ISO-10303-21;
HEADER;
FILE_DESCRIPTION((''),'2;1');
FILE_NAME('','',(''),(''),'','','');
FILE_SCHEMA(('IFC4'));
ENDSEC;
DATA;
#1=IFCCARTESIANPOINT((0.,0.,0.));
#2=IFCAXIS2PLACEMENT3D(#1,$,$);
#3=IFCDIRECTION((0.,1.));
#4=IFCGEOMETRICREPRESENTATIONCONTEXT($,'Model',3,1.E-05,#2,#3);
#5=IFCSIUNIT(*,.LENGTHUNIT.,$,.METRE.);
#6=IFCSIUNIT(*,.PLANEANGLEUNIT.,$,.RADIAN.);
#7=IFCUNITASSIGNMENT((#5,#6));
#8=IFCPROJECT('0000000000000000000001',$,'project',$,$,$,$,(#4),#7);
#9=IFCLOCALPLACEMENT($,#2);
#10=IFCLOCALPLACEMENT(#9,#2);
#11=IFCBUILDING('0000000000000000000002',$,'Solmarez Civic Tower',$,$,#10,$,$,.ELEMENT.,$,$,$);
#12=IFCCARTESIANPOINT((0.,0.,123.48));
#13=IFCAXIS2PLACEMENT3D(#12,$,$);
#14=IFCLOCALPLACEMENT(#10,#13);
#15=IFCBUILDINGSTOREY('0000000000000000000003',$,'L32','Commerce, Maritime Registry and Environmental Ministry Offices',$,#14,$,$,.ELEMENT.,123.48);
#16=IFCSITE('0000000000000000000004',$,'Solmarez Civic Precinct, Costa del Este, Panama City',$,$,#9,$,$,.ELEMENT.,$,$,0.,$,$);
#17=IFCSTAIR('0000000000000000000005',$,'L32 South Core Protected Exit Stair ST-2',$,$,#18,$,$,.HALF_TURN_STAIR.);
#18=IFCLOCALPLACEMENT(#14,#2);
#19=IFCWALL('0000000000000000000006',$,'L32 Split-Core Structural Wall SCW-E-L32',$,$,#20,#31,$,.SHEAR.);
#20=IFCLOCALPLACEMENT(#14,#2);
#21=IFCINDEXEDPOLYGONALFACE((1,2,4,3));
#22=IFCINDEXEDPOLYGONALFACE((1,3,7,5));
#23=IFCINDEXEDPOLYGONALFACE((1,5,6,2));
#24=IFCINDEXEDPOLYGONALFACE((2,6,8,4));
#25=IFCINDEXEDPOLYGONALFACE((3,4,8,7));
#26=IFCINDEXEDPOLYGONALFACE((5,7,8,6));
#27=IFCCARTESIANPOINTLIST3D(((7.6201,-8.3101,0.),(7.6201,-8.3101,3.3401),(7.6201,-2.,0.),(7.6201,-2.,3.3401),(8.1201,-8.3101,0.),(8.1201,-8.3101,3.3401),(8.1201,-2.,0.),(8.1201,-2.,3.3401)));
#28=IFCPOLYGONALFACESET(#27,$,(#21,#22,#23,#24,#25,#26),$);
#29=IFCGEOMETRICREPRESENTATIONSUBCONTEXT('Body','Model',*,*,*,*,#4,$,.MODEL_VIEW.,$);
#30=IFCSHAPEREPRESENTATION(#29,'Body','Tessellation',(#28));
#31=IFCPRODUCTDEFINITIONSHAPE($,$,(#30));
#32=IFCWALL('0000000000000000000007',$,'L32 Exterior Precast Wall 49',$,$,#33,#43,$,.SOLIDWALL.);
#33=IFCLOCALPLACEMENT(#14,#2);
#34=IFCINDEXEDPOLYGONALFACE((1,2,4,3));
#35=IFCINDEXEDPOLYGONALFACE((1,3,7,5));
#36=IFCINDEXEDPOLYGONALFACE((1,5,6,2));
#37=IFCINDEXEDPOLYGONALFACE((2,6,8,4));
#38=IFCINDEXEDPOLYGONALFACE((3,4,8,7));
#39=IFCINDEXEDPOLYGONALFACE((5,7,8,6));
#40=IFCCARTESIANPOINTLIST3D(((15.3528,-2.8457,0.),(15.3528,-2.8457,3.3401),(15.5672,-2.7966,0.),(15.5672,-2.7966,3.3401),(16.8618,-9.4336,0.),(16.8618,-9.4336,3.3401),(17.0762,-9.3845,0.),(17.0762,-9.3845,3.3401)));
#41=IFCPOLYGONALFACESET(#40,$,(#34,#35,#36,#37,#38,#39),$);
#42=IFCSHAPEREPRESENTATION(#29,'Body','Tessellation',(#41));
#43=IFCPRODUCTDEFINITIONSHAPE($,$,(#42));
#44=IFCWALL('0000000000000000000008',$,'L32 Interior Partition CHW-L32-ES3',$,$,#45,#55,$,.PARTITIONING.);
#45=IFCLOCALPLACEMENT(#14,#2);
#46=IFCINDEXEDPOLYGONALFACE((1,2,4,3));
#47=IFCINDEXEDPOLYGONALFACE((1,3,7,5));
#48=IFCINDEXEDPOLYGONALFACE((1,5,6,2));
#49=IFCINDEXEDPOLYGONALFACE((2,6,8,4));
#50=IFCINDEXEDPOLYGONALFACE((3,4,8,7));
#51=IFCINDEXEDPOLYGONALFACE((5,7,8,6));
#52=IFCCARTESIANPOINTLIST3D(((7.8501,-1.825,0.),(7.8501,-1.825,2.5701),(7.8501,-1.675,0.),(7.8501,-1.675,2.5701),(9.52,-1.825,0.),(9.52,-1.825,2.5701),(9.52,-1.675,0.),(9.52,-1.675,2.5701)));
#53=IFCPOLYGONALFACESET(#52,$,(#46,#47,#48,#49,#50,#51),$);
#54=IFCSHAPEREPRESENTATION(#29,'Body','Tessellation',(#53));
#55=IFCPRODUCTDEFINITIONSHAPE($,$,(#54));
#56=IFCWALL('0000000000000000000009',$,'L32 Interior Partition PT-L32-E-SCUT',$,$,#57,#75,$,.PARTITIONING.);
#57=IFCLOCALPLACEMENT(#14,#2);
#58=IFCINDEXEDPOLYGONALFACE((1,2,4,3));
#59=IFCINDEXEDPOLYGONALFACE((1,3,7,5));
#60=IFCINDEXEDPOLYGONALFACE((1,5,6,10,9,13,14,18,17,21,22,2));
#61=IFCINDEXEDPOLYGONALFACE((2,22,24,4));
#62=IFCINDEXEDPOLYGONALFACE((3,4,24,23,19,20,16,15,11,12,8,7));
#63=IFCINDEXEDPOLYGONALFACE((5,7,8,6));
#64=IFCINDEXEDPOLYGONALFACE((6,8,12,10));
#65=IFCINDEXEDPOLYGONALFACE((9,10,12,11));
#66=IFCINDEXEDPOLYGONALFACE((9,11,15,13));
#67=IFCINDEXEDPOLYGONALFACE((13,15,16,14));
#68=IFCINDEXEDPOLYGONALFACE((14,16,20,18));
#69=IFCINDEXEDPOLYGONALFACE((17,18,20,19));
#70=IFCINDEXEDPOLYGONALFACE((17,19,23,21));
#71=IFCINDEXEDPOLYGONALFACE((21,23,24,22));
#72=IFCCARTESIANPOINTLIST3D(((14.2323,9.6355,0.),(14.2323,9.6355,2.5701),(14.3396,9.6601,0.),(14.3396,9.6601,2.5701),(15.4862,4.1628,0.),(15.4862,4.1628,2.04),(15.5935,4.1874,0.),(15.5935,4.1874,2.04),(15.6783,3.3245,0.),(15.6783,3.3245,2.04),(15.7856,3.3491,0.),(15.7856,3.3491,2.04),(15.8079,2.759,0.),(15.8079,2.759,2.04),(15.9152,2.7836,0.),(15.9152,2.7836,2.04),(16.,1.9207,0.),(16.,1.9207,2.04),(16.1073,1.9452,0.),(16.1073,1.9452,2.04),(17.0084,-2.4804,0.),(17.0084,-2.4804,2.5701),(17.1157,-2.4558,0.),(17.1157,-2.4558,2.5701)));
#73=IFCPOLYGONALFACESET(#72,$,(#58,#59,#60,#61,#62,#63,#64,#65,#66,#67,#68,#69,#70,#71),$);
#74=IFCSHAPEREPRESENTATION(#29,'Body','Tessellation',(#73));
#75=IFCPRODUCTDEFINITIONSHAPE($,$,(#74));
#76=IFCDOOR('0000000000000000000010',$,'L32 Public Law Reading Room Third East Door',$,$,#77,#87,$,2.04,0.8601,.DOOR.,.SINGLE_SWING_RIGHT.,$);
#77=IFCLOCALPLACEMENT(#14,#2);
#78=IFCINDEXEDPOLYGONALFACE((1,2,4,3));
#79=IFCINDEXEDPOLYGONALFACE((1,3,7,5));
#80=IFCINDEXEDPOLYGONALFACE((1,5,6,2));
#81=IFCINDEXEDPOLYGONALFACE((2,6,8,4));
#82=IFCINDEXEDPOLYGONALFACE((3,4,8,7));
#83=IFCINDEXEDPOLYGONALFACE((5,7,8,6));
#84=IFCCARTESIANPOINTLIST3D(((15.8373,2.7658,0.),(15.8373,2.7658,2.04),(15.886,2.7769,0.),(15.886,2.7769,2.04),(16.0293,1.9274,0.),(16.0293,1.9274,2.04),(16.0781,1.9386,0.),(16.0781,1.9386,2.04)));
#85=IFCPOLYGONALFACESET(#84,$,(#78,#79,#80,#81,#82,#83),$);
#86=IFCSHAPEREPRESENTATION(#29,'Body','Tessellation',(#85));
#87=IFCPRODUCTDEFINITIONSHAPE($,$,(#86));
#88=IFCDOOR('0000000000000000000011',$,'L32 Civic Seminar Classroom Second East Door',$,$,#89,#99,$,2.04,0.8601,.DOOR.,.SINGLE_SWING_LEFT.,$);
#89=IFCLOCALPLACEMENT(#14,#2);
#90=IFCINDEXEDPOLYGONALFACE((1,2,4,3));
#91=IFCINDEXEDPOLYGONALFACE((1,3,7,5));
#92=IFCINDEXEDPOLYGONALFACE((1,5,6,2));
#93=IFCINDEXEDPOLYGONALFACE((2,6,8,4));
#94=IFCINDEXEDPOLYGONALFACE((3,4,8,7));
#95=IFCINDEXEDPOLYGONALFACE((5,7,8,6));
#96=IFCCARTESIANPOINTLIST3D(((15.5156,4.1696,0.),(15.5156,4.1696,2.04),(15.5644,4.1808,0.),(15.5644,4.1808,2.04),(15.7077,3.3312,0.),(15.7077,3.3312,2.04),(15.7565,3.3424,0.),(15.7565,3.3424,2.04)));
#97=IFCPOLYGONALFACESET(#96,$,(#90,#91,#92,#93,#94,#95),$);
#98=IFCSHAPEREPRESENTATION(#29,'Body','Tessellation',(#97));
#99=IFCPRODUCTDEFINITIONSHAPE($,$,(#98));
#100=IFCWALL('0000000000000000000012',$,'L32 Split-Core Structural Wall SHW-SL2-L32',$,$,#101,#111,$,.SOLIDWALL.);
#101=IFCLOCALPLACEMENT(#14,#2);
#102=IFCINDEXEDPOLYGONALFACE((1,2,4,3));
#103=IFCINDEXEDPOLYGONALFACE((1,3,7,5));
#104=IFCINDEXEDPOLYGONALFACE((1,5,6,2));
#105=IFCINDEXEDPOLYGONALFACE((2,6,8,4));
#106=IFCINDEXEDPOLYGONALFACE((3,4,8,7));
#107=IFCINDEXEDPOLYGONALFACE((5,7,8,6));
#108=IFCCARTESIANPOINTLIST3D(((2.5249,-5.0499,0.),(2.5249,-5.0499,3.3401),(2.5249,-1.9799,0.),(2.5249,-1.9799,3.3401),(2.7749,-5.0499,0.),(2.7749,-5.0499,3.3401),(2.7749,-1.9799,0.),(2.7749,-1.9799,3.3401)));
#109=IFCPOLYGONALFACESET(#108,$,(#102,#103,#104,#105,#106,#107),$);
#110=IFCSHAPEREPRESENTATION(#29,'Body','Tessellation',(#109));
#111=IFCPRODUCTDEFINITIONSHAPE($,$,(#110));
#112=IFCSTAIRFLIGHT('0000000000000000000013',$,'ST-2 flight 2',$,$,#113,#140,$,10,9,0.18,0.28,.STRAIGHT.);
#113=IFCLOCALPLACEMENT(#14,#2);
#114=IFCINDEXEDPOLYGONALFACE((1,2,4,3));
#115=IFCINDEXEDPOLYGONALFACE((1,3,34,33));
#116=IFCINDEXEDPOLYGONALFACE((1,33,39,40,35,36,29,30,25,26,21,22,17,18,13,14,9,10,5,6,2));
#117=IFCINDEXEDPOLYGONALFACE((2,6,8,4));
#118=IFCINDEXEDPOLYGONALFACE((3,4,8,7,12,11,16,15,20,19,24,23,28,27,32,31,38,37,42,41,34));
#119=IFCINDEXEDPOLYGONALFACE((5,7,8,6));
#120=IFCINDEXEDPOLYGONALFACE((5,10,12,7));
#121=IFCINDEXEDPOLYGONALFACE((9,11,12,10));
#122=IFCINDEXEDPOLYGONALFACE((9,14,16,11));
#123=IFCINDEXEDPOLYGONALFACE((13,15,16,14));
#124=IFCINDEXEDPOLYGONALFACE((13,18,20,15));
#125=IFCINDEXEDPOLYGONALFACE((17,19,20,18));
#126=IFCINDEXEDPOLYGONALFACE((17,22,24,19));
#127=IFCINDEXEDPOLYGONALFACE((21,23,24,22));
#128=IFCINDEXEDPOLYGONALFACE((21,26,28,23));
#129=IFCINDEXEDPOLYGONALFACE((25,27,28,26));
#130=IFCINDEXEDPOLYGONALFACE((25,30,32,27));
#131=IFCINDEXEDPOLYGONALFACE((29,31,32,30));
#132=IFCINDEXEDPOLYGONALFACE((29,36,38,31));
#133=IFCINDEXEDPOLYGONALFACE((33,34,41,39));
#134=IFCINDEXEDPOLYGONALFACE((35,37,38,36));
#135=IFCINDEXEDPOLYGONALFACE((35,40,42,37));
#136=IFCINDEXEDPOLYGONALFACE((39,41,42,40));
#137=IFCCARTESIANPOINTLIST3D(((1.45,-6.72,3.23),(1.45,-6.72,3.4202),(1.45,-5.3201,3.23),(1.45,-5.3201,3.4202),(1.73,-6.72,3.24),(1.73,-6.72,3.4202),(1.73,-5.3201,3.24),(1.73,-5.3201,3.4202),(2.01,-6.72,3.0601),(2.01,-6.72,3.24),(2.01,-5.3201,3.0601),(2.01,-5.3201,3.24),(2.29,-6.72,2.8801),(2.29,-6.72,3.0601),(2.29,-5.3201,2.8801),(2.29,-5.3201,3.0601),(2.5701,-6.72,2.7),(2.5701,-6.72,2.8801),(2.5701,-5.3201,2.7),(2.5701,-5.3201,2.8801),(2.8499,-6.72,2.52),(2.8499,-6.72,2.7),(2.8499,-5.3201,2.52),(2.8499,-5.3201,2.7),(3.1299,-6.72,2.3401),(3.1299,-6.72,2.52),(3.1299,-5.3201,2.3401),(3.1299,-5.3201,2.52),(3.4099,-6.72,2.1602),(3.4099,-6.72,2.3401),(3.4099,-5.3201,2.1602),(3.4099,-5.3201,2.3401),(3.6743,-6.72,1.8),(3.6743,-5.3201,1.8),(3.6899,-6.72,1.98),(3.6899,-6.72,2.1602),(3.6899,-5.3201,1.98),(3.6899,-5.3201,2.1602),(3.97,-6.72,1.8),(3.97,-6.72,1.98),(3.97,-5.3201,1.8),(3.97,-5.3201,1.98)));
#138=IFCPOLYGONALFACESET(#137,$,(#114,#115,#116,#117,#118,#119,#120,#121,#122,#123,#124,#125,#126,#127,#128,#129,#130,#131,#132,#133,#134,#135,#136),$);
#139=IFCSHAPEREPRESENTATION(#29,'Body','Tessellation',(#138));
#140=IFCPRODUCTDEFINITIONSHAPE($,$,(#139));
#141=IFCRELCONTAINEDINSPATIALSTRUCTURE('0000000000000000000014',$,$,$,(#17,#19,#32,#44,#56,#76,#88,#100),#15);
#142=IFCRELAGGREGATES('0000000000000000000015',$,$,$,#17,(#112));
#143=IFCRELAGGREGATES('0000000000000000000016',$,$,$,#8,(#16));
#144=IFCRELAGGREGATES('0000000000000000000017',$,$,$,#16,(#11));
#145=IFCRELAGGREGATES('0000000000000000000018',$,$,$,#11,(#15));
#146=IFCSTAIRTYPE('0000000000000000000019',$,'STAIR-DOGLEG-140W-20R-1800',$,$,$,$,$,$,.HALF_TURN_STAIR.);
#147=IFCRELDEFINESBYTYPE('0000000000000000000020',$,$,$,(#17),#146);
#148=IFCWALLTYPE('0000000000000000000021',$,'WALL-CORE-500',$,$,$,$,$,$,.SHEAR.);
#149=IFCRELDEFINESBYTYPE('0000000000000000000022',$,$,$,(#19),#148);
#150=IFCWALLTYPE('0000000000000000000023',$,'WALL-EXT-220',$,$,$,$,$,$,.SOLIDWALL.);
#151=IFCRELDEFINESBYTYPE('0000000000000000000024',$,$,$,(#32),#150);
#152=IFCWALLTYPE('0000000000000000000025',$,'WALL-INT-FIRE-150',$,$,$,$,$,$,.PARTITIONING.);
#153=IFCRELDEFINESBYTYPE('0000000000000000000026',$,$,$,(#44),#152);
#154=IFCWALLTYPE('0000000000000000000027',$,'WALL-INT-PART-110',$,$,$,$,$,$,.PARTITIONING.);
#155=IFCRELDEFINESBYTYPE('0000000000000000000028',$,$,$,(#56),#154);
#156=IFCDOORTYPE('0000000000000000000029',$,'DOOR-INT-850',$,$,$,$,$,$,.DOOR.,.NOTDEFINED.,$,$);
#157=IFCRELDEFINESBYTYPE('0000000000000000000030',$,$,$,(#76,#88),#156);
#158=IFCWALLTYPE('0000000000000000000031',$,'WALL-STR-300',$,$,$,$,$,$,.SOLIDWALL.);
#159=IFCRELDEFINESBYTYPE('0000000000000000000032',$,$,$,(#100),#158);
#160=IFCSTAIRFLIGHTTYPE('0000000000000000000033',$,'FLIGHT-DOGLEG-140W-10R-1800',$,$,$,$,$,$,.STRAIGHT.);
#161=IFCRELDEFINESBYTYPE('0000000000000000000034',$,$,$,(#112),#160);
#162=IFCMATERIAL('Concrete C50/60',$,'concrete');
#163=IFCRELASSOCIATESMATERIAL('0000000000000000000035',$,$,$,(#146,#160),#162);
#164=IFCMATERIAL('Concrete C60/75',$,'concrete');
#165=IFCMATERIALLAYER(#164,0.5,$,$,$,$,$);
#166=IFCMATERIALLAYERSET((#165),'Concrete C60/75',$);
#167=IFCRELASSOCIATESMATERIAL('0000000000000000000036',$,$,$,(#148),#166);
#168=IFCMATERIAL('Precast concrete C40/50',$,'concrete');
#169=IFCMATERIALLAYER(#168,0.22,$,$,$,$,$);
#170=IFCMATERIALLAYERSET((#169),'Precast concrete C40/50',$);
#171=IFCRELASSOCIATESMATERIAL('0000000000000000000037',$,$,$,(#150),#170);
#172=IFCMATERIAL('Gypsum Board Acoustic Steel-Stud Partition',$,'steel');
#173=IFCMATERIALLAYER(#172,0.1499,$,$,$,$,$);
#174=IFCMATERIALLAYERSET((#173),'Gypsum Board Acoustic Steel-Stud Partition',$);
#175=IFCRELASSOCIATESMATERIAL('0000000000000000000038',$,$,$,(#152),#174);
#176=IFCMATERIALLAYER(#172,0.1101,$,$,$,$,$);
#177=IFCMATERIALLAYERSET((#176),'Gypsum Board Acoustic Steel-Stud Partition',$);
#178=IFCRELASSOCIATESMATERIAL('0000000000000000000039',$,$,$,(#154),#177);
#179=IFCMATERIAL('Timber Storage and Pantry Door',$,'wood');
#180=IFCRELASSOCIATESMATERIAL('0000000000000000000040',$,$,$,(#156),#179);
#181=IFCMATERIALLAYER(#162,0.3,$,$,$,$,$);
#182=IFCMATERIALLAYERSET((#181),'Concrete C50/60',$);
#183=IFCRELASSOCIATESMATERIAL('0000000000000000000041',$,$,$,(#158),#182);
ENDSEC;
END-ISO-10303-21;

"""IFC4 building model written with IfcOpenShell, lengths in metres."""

from ifc_helpers import new_model, si_unit, direction, frame, frame_2d, origin, place, context, subcontext, project, spatial, polyline, rectangle, outline, extrude, material, layer, layer_set, type_object, element, fill, aggregate, save


model = new_model("IFC4")

# Units and contexts
model_context = context("Model", 3, precision=1e-05, world=origin(), true_north=direction((0.0, 1.0)))
body_context = subcontext(model_context, "Body", "Model", "MODEL_VIEW")
ifc_project = project(units=[si_unit("LENGTHUNIT", "METRE"), si_unit("PLANEANGLEUNIT", "RADIAN")], contexts=[model_context])

# Site, building, storey
site_placement = place(None, origin())
site = spatial("IfcSite", under=ifc_project, at=site_placement, Name="Solmarez Civic Precinct, Costa del Este, Panama City", CompositionType="ELEMENT", RefElevation=0.0)
building_placement = place(site_placement, origin())
building = spatial("IfcBuilding", under=site, at=building_placement, Name="Solmarez Civic Tower", CompositionType="ELEMENT")
storey_placement = place(building_placement, frame((0.0, 0.0, 123.48)))
storey = spatial("IfcBuildingStorey", under=building, at=storey_placement, Name="L32", Description="Commerce, Maritime Registry and Environmental Ministry Offices", CompositionType="ELEMENT", Elevation=123.48)

# Shared definitions
ifc_material_1 = material(Name="Concrete C50/60", Category="concrete")

# Stair
stair_type = type_object("IfcStairType", Name="STAIR-DOGLEG-140W-20R-1800", PredefinedType="HALF_TURN_STAIR", material=ifc_material_1)
stair_1_placement = place(storey_placement, origin())
stair_1 = element("IfcStair", 1, at=stair_1_placement, inside=storey, type_object=stair_type, Name="L32 South Core Protected Exit Stair ST-2", PredefinedType="HALF_TURN_STAIR")

# Walls
ifc_material_2 = material(Name="Concrete C60/75", Category="concrete")
ifc_layer_1 = layer(ifc_material_2, 0.5)
ifc_layer_set_1 = layer_set([ifc_layer_1], Name="Concrete C60/75")
wall_type_1 = type_object("IfcWallType", Name="WALL-CORE-500", PredefinedType="SHEAR", material=ifc_layer_set_1)
wall_1_placement = place(storey_placement, frame((7.8701, -2.0, 0.0), z_axis=(0.0, 0.0, 1.0), x_axis=(0.0, -1.0, 0.0)))
element("IfcWall", 2, at=wall_1_placement, inside=storey, type_object=wall_type_1, Name="L32 Split-Core Structural Wall SCW-E-L32", PredefinedType="SHEAR", context=body_context, shape_type="SweptSolid", body=[
    extrude(rectangle(XDim=6.3101, YDim=0.5, at=frame_2d((3.155, 0.0))), origin(), (0.0, 0.0, 1.0), 3.3401),
])
ifc_material_3 = material(Name="Precast concrete C40/50", Category="concrete")
ifc_layer_2 = layer(ifc_material_3, 0.22)
ifc_layer_set_2 = layer_set([ifc_layer_2], Name="Precast concrete C40/50")
wall_type_2 = type_object("IfcWallType", Name="WALL-EXT-220", PredefinedType="SOLIDWALL", material=ifc_layer_set_2)
wall_2_placement = place(storey_placement, frame((15.46, -2.821, 0.0), z_axis=(0.0, 0.0, 1.0), x_axis=(0.223279, -0.974755, 0.0)))
element("IfcWall", 3, at=wall_2_placement, inside=storey, type_object=wall_type_2, Name="L32 Exterior Precast Wall 49", PredefinedType="SOLIDWALL", context=body_context, shape_type="SweptSolid", body=[
    extrude(rectangle(XDim=6.7585, YDim=0.22, at=frame_2d((3.3794, 0.0))), origin(), (0.0, 0.0, 1.0), 3.3401),
])
ifc_material_4 = material(Name="Gypsum Board Acoustic Steel-Stud Partition", Category="steel")
ifc_layer_3 = layer(ifc_material_4, 0.1499)
ifc_layer_set_3 = layer_set([ifc_layer_3], Name="Gypsum Board Acoustic Steel-Stud Partition")
wall_type_3 = type_object("IfcWallType", Name="WALL-INT-FIRE-150", PredefinedType="PARTITIONING", material=ifc_layer_set_3)
wall_3_placement = place(storey_placement, frame((7.8501, -1.75, 0.0), z_axis=(0.0, 0.0, 1.0), x_axis=(1.0, 0.0, 0.0)))
element("IfcWall", 4, at=wall_3_placement, inside=storey, type_object=wall_type_3, Name="L32 Interior Partition CHW-L32-ES3", PredefinedType="PARTITIONING", context=body_context, shape_type="SweptSolid", body=[
    extrude(rectangle(XDim=1.6699, YDim=0.1499, at=frame_2d((0.835, 0.0))), origin(), (0.0, 0.0, 1.0), 2.5701),
])

# Wall, openings, doors
ifc_layer_4 = layer(ifc_material_4, 0.1101)
ifc_layer_set_4 = layer_set([ifc_layer_4], Name="Gypsum Board Acoustic Steel-Stud Partition")
wall_type_4 = type_object("IfcWallType", Name="WALL-INT-PART-110", PredefinedType="PARTITIONING", material=ifc_layer_set_4)
wall_4_placement = place(storey_placement, frame((17.062, -2.468, 0.0), z_axis=(0.0, 0.0, 1.0), x_axis=(-0.223342, 0.97474, 0.0)))
wall_4 = element("IfcWall", 5, at=wall_4_placement, inside=storey, type_object=wall_type_4, Name="L32 Interior Partition PT-L32-E-SCUT", PredefinedType="PARTITIONING", context=body_context, shape_type="SweptSolid", body=[
    extrude(rectangle(XDim=12.4299, YDim=0.1101, at=frame_2d((6.2148, 0.0))), origin(), (0.0, 0.0, 1.0), 2.5701),
])
opening_1_placement = place(wall_4_placement, frame((4.5149, 0.0, 0.0)))
opening_1 = element("IfcOpeningElement", 6, at=opening_1_placement, cuts=wall_4, PredefinedType="OPENING", context=body_context, shape_type="SweptSolid", body=[
    extrude(rectangle(XDim=0.8601, YDim=2.04, at=frame_2d((0.4302, 1.02))), frame((0.0, 0.0649, 0.0), z_axis=(0.0, -1.0, 0.0), x_axis=(1.0, 0.0, 0.0)), (0.0, 0.0, 1.0), 0.1301),
])
opening_2_placement = place(wall_4_placement, frame((5.9551, 0.0, 0.0)))
opening_2 = element("IfcOpeningElement", 7, at=opening_2_placement, cuts=wall_4, PredefinedType="OPENING", context=body_context, shape_type="SweptSolid", body=[
    extrude(rectangle(XDim=0.8601, YDim=2.04, at=frame_2d((0.4302, 1.02))), frame((0.0, 0.0649, 0.0), z_axis=(0.0, -1.0, 0.0), x_axis=(1.0, 0.0, 0.0)), (0.0, 0.0, 1.0), 0.1301),
])
ifc_material_5 = material(Name="Timber Storage and Pantry Door", Category="wood")
door_type = type_object("IfcDoorType", Name="DOOR-INT-850", OperationType="NOTDEFINED", PredefinedType="DOOR", material=ifc_material_5)
door_1_placement = place(opening_1_placement, origin())
door_1 = element("IfcDoor", 8, at=door_1_placement, inside=storey, type_object=door_type, Name="L32 Public Law Reading Room Third East Door", OperationType="SINGLE_SWING_RIGHT", OverallHeight=2.04, OverallWidth=0.8601, PredefinedType="DOOR", context=body_context, shape_type="SweptSolid", body=[
    extrude(rectangle(XDim=0.8601, YDim=2.04, at=frame_2d((0.4302, 1.02))), frame((0.0, 0.0249, 0.0), z_axis=(0.0, -1.0, 0.0), x_axis=(1.0, 0.0, 0.0)), (0.0, 0.0, 1.0), 0.05),
])
fill(opening_1, door_1)
door_2_placement = place(opening_2_placement, origin())
door_2 = element("IfcDoor", 9, at=door_2_placement, inside=storey, type_object=door_type, Name="L32 Civic Seminar Classroom Second East Door", OperationType="SINGLE_SWING_LEFT", OverallHeight=2.04, OverallWidth=0.8601, PredefinedType="DOOR", context=body_context, shape_type="SweptSolid", body=[
    extrude(rectangle(XDim=0.8601, YDim=2.04, at=frame_2d((0.4302, 1.02))), frame((0.0, 0.0249, 0.0), z_axis=(0.0, -1.0, 0.0), x_axis=(1.0, 0.0, 0.0)), (0.0, 0.0, 1.0), 0.05),
])
fill(opening_2, door_2)

# Wall
ifc_layer_5 = layer(ifc_material_1, 0.3)
ifc_layer_set_5 = layer_set([ifc_layer_5], Name="Concrete C50/60")
wall_type_5 = type_object("IfcWallType", Name="WALL-STR-300", PredefinedType="SOLIDWALL", material=ifc_layer_set_5)
wall_5_placement = place(storey_placement, frame((2.6499, -5.05, 0.0), z_axis=(0.0, 0.0, 1.0), x_axis=(0.0, 1.0, 0.0)))
element("IfcWall", 10, at=wall_5_placement, inside=storey, type_object=wall_type_5, Name="L32 Split-Core Structural Wall SHW-SL2-L32", PredefinedType="SOLIDWALL", context=body_context, shape_type="SweptSolid", body=[
    extrude(rectangle(XDim=3.0701, YDim=0.25, at=frame_2d((1.5352, 0.0))), origin(), (0.0, 0.0, 1.0), 3.3401),
])

# Stair flight
stair_flight_type = type_object("IfcStairFlightType", Name="FLIGHT-DOGLEG-140W-10R-1800", PredefinedType="STRAIGHT", material=ifc_material_1)
stair_flight_placement = place(storey_placement, frame((3.97, -6.02, 1.8), z_axis=(0.0, 0.0, 1.0), x_axis=(-1.0, 0.0, 0.0)))
stair_flight = element("IfcStairFlight", 11, at=stair_flight_placement, type_object=stair_flight_type, Name="ST-2 flight 2", NumberOfRisers=10, NumberOfTreads=9, PredefinedType="STRAIGHT", RiserHeight=0.18, TreadLength=0.28, context=body_context, shape_type="SweptSolid", body=[
    extrude(outline(polyline([(0.0, 0.0), (0.0, 0.1799), (0.28, 0.1799), (0.28, 0.3601), (0.5601, 0.3601), (0.5601, 0.54), (0.8401, 0.54), (0.8401, 0.72), (1.1201, 0.72), (1.1201, 0.8999), (1.3999, 0.8999), (1.3999, 1.0801), (1.6799, 1.0801), (1.6799, 1.26), (1.96, 1.26), (1.96, 1.4399), (2.24, 1.4399), (2.24, 1.6201), (2.52, 1.6201), (2.52, 1.8), (2.52, 1.4299), (0.2957, 0.0), (0.0, 0.0)])), frame((0.0, 0.7, 0.0), z_axis=(0.0, -1.0, 0.0), x_axis=(1.0, 0.0, 0.0)), (0.0, 0.0, 1.0), 1.3999),
])
aggregate(stair_1, [stair_flight])

save(model, "model.ifc")
